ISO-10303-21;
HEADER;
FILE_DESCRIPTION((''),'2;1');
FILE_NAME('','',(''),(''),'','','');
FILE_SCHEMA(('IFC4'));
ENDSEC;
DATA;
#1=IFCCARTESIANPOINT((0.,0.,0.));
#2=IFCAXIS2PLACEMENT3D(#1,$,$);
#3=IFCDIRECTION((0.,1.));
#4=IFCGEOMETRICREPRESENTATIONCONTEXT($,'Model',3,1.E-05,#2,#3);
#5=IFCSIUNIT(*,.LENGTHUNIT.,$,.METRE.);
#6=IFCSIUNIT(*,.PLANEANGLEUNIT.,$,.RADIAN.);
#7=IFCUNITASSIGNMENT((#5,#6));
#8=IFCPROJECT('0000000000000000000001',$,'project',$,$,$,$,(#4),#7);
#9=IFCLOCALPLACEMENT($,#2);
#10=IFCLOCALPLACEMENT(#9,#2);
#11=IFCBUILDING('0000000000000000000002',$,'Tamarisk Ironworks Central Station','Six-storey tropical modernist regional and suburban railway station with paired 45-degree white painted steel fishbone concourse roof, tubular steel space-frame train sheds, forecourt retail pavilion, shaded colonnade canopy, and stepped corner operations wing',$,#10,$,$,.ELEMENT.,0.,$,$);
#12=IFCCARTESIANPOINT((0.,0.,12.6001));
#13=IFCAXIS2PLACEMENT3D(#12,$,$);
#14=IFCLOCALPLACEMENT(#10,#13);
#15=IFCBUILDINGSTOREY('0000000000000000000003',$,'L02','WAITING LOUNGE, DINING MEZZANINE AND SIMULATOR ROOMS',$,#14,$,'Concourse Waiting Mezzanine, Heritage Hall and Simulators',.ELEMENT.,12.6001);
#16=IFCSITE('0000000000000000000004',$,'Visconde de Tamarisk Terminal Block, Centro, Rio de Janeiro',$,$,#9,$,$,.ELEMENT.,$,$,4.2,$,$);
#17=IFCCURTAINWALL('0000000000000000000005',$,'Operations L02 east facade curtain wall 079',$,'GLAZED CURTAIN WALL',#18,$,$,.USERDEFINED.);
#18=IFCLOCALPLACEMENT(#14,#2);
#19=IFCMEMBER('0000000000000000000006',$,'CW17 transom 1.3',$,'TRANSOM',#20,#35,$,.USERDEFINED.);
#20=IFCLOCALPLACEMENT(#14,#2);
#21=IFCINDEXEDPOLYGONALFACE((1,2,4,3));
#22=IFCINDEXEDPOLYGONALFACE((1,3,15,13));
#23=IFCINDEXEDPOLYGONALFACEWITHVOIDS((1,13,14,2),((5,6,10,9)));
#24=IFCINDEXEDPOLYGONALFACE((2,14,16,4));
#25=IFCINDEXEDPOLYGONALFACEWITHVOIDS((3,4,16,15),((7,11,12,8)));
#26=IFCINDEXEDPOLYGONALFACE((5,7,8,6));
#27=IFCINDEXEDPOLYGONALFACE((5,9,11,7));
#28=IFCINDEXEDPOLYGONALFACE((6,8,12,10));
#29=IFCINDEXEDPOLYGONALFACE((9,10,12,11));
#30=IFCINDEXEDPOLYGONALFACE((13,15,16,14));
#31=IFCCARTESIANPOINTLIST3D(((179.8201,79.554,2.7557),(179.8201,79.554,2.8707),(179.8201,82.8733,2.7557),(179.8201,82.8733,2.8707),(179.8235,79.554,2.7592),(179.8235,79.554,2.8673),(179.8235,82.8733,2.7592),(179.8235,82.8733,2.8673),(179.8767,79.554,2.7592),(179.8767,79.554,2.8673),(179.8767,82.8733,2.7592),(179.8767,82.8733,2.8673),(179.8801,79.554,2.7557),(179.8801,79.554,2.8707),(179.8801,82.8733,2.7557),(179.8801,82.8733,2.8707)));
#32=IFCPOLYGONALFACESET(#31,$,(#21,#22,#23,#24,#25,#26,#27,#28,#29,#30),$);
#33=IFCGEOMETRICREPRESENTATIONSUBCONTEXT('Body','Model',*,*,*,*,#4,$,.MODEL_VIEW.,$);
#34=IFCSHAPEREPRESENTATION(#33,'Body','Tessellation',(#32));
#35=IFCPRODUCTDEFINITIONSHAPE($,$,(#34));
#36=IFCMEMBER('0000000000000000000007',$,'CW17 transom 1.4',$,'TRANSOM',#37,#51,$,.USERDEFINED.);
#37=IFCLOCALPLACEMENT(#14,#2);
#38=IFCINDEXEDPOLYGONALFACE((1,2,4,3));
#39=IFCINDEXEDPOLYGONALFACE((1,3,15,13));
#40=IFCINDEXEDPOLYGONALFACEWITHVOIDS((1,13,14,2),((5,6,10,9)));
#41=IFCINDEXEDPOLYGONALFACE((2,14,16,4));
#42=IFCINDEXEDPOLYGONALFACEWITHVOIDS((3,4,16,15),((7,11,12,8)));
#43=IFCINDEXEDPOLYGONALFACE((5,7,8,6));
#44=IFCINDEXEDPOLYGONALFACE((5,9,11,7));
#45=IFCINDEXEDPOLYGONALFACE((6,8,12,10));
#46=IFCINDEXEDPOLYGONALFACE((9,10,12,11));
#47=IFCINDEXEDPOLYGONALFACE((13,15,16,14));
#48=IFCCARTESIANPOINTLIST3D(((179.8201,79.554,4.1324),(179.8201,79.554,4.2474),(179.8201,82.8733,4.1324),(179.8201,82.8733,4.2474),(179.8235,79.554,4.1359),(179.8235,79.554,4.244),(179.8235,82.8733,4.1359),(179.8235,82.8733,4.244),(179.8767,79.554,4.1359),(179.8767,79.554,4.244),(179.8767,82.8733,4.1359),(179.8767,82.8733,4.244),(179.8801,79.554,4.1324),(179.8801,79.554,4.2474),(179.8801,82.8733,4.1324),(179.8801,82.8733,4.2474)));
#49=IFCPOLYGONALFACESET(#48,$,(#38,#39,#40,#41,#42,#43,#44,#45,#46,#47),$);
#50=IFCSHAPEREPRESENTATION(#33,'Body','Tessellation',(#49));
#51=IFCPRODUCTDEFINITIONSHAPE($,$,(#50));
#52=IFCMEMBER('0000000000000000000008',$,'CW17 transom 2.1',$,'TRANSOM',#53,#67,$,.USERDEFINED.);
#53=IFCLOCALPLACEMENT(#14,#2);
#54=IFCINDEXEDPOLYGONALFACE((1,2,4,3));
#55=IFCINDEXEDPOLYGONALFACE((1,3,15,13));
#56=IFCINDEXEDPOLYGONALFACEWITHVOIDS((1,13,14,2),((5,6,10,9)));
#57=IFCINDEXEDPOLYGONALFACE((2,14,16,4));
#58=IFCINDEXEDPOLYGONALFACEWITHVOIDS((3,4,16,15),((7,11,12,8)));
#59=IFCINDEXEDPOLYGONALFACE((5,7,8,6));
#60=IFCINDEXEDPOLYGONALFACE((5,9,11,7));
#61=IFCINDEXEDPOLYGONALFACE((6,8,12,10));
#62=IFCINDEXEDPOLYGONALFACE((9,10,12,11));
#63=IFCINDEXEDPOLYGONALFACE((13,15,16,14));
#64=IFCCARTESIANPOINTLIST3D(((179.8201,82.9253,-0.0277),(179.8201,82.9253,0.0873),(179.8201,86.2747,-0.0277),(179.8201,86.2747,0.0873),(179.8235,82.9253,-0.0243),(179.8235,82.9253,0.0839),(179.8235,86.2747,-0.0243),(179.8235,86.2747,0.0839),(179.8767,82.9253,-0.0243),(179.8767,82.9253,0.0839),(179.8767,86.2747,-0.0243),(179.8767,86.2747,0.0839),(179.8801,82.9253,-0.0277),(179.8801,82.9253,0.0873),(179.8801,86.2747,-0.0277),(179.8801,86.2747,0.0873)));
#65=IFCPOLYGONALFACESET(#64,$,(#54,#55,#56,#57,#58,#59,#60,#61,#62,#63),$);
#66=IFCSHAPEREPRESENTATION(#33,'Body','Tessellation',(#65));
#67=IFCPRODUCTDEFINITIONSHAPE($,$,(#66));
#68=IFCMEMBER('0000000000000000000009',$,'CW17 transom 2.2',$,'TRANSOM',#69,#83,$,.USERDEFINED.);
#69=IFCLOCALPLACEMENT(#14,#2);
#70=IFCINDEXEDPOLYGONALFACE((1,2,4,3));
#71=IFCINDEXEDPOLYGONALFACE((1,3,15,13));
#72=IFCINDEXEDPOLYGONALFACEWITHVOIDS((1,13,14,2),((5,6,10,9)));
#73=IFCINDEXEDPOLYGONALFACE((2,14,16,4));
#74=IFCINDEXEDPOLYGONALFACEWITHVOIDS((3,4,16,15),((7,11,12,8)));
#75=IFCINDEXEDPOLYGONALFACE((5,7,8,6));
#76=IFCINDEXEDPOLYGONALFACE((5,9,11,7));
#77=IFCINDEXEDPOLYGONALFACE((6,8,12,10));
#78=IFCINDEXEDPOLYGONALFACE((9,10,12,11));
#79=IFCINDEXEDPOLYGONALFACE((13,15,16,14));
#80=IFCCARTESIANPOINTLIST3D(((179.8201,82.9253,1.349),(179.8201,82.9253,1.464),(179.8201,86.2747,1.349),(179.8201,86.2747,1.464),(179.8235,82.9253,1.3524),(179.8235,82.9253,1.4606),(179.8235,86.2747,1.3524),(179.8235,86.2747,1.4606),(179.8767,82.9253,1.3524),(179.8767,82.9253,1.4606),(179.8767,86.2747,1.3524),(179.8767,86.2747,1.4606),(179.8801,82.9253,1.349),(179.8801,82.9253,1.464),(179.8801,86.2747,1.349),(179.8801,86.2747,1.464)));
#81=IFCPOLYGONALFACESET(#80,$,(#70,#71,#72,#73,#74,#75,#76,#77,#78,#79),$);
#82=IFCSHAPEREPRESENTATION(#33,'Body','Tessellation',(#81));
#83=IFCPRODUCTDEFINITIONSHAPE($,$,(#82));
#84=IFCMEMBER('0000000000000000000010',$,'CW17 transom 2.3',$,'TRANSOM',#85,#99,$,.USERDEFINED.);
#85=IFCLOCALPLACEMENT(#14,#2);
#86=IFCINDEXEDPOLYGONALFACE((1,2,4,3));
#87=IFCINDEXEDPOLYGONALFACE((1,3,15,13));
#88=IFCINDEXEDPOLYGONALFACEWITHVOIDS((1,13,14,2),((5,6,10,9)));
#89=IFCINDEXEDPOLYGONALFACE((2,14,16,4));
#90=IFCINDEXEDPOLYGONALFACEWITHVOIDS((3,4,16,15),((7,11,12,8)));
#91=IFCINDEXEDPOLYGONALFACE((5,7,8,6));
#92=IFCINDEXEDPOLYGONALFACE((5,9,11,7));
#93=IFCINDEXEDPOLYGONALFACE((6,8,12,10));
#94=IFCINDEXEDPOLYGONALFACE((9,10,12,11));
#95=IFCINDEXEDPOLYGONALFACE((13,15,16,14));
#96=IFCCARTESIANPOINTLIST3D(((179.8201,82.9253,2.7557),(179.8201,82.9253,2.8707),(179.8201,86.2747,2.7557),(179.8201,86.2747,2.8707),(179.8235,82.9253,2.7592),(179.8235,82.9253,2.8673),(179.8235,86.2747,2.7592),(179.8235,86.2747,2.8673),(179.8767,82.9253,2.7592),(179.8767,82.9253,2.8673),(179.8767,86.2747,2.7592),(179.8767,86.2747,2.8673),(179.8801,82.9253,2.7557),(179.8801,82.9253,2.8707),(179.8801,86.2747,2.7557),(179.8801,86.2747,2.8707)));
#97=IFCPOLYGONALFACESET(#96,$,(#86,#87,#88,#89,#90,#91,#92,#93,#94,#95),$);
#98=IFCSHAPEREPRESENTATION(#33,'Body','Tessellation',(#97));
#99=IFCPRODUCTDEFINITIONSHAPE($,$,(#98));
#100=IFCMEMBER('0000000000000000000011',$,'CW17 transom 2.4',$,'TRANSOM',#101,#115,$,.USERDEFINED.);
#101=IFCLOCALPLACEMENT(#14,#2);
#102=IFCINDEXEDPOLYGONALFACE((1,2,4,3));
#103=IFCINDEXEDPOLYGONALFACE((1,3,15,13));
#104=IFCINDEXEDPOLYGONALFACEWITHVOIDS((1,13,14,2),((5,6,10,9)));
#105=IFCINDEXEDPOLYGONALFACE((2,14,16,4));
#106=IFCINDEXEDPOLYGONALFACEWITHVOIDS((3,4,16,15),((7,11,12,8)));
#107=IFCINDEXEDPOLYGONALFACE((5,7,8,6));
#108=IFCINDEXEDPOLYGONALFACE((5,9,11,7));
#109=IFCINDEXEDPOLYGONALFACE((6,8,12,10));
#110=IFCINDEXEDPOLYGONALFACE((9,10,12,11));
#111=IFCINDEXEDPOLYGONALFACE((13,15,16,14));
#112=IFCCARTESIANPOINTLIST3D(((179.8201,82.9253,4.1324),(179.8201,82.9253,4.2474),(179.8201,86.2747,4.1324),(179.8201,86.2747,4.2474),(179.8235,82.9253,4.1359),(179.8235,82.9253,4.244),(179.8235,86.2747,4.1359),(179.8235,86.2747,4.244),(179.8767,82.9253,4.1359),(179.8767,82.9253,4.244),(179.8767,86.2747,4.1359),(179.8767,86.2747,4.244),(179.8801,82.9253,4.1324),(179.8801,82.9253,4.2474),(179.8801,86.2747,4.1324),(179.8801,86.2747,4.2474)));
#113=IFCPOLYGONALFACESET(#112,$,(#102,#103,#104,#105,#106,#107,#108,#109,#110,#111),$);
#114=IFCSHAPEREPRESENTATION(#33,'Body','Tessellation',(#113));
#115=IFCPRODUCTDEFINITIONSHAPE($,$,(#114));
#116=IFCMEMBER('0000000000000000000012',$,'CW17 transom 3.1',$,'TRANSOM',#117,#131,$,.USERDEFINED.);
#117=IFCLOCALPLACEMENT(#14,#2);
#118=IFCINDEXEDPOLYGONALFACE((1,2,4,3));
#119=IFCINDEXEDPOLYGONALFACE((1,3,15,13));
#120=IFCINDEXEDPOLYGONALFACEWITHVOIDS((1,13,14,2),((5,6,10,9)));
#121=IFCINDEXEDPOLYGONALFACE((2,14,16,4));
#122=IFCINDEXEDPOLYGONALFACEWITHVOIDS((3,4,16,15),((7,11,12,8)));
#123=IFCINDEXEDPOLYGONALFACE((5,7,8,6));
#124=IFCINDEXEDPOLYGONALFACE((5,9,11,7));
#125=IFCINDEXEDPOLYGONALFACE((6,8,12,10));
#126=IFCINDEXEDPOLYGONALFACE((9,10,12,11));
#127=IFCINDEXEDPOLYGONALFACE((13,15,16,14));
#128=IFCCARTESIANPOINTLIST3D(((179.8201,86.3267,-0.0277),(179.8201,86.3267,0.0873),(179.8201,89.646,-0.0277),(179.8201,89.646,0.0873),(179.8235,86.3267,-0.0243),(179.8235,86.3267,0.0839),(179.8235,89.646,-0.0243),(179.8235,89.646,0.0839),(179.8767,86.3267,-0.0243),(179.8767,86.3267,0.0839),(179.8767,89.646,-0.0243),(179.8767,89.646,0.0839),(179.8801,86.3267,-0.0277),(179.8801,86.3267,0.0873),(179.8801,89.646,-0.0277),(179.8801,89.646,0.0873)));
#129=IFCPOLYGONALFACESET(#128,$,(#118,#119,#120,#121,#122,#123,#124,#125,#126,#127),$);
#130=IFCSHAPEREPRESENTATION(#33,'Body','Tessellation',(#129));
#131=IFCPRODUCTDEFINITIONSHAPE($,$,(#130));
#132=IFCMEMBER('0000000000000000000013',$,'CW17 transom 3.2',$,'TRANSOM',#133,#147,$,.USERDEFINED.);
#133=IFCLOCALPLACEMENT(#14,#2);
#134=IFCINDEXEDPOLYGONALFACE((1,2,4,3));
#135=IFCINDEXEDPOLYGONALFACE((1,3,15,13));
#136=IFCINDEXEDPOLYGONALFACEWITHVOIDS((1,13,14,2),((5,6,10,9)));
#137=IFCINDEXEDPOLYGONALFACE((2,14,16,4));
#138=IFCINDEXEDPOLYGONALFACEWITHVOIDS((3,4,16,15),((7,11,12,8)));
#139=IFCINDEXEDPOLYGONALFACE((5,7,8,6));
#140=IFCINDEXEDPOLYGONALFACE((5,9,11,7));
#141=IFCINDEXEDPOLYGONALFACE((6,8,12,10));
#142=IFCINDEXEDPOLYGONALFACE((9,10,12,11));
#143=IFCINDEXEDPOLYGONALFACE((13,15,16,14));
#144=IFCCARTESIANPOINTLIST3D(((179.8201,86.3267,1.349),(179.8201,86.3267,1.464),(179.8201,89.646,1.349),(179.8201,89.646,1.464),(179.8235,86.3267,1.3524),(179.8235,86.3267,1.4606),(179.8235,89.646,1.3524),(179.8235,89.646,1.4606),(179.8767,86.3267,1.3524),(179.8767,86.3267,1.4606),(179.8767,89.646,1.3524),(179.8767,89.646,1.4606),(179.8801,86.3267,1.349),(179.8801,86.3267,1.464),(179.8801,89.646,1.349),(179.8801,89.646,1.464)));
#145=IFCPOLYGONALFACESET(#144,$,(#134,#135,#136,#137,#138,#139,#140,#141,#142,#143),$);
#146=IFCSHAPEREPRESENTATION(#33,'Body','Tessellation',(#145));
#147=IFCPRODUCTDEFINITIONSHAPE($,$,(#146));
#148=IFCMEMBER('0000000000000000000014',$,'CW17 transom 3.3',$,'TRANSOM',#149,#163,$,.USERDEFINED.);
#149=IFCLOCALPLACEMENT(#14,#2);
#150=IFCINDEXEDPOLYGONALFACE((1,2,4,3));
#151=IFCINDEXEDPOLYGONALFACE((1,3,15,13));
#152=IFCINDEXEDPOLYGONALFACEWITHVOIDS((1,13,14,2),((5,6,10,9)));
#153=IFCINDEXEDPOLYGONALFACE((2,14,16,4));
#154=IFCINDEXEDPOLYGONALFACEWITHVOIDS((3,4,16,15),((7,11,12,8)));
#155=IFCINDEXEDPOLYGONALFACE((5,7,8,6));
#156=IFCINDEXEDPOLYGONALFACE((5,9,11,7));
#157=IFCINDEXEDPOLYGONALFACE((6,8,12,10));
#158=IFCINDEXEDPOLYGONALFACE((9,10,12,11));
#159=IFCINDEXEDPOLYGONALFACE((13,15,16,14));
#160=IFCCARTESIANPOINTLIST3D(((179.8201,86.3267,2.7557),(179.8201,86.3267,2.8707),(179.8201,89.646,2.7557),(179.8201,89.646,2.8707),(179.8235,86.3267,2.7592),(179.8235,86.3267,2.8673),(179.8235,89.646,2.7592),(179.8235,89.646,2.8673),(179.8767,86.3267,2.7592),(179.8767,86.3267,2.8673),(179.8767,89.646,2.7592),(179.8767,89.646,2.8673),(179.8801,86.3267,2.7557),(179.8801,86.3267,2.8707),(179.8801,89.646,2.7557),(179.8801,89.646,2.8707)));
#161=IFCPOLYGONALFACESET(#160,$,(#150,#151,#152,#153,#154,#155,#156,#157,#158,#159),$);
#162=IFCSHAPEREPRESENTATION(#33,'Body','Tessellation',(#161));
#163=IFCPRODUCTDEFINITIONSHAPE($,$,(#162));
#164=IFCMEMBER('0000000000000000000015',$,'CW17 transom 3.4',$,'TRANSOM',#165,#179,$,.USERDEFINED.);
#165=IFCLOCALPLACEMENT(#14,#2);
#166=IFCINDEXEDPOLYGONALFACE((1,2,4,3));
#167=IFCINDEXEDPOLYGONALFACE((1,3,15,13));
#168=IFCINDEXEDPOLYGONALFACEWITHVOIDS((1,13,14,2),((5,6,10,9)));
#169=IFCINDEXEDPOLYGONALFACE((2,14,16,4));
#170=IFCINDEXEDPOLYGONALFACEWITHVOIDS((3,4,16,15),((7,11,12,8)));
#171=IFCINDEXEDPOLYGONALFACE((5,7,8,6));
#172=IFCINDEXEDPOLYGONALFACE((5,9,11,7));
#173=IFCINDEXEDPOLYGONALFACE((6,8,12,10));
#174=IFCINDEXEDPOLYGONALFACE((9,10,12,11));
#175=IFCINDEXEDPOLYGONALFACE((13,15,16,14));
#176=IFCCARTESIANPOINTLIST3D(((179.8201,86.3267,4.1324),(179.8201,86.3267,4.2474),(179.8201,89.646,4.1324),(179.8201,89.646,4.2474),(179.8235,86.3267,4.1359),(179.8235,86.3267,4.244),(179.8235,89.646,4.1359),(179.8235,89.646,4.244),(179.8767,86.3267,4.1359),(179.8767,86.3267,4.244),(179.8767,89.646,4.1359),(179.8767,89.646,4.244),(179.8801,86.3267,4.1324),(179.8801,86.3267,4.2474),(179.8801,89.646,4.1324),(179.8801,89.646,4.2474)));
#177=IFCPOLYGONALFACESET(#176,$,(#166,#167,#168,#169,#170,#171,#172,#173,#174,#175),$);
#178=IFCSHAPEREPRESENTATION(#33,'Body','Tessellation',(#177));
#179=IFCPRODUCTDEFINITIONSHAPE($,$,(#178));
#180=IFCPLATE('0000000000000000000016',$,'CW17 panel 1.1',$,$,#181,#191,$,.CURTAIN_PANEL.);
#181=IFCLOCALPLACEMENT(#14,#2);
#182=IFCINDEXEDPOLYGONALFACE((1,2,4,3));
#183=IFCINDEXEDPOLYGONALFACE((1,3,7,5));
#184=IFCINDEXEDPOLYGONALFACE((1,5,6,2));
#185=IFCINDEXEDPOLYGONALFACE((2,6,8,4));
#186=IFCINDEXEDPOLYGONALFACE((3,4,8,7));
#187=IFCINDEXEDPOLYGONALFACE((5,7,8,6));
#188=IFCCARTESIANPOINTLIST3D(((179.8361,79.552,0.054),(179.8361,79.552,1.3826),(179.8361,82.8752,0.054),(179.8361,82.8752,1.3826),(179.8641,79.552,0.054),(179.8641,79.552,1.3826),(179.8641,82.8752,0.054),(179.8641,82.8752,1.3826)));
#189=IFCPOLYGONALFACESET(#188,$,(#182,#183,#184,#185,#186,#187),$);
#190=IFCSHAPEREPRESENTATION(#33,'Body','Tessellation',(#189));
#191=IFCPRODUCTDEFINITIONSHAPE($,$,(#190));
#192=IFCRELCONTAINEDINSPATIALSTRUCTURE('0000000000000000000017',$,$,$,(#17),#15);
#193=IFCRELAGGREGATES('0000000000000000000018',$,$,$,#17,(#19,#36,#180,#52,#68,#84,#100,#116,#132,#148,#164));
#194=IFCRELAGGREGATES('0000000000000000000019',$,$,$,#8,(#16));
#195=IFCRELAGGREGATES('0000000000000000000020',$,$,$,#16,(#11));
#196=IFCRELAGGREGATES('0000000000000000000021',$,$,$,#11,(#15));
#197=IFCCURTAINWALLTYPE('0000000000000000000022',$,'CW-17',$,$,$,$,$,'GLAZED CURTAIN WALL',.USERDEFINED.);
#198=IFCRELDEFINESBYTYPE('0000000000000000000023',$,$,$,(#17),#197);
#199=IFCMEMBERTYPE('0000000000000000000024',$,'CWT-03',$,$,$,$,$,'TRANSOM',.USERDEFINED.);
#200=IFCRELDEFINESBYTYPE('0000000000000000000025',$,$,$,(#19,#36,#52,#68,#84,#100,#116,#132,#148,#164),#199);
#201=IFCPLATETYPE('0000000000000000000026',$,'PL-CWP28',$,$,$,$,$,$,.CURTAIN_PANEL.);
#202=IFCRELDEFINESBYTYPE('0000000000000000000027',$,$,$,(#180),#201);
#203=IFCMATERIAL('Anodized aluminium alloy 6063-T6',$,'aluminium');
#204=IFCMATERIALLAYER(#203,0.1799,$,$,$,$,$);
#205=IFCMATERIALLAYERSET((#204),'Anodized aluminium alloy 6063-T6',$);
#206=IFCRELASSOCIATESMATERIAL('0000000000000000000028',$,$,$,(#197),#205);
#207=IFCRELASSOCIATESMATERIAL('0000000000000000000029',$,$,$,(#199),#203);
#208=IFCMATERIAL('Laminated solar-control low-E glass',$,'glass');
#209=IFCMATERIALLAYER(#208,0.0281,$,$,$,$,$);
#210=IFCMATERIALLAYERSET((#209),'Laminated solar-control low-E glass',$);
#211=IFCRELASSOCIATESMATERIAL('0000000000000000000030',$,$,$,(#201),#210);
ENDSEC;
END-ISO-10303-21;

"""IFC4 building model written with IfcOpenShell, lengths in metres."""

from ifc_helpers import new_model, si_unit, direction, frame, origin, origin_2d, place, context, subcontext, project, spatial, rectangle, hollow_rectangle, extrude, material, layer, layer_set, material_profile, profile_set, type_object, element, aggregate, save


model = new_model("IFC4")

# Units and contexts
model_context = context("Model", 3, precision=1e-05, world=origin(), true_north=direction((0.0, 1.0)))
body_context = subcontext(model_context, "Body", "Model", "MODEL_VIEW")
ifc_project = project(units=[si_unit("LENGTHUNIT", "METRE"), si_unit("PLANEANGLEUNIT", "RADIAN")], contexts=[model_context])

# Site, building, storey
site_placement = place(None, origin())
site = spatial("IfcSite", under=ifc_project, at=site_placement, Name="Visconde de Tamarisk Terminal Block, Centro, Rio de Janeiro", CompositionType="ELEMENT", RefElevation=4.2)
building_placement = place(site_placement, origin())
building = spatial("IfcBuilding", under=site, at=building_placement, Name="Tamarisk Ironworks Central Station", Description="Six-storey tropical modernist regional and suburban railway station with paired 45-degree white painted steel fishbone concourse roof, tubular steel space-frame train sheds, forecourt retail pavilion, shaded colonnade canopy, and stepped corner operations wing", CompositionType="ELEMENT", ElevationOfRefHeight=0.0)
storey_placement = place(building_placement, frame((0.0, 0.0, 12.6001)))
storey = spatial("IfcBuildingStorey", under=building, at=storey_placement, Name="L02", Description="WAITING LOUNGE, DINING MEZZANINE AND SIMULATOR ROOMS", LongName="Concourse Waiting Mezzanine, Heritage Hall and Simulators", CompositionType="ELEMENT", Elevation=12.6001)

# Curtain wall, members, plate
ifc_material_1 = material(Name="Anodized aluminium alloy 6063-T6", Category="aluminium")
ifc_layer_1 = layer(ifc_material_1, 0.1799)
ifc_layer_set_1 = layer_set([ifc_layer_1], Name="Anodized aluminium alloy 6063-T6")
curtain_wall_type = type_object("IfcCurtainWallType", Name="CW-17", ElementType="GLAZED CURTAIN WALL", PredefinedType="USERDEFINED", material=ifc_layer_set_1)
curtain_wall_placement = place(storey_placement, origin())
curtain_wall = element("IfcCurtainWall", 1, at=curtain_wall_placement, inside=storey, type_object=curtain_wall_type, Name="Operations L02 east facade curtain wall 079", ObjectType="GLAZED CURTAIN WALL", PredefinedType="USERDEFINED")
ifc_material_profile_1 = material_profile(ifc_material_1, hollow_rectangle(XDim=0.0601, YDim=0.115, WallThickness=0.0034, at=origin_2d()), Name="ALUM 115x60")
ifc_profile_set_1 = profile_set([ifc_material_profile_1], Name="Anodized aluminium alloy 6063-T6")
member_type_1 = type_object("IfcMemberType", Name="CWT-03", ElementType="TRANSOM", PredefinedType="USERDEFINED", material=ifc_profile_set_1)
member_1_placement = place(storey_placement, frame((179.8501, 79.554, 2.8132), z_axis=(0.0, 1.0, 0.0), x_axis=(-1.0, 0.0, 0.0)))
member_1 = element("IfcMember", 2, at=member_1_placement, type_object=member_type_1, Name="CW17 transom 1.3", ObjectType="TRANSOM", PredefinedType="USERDEFINED", context=body_context, shape_type="SweptSolid", body=[
    extrude(hollow_rectangle(XDim=0.0601, YDim=0.115, WallThickness=0.0034, at=origin_2d()), origin(), (0.0, 0.0, 1.0), 3.3193),
])
member_2_placement = place(storey_placement, frame((179.8501, 79.554, 4.1899), z_axis=(0.0, 1.0, 0.0), x_axis=(-1.0, 0.0, 0.0)))
member_2 = element("IfcMember", 3, at=member_2_placement, type_object=member_type_1, Name="CW17 transom 1.4", ObjectType="TRANSOM", PredefinedType="USERDEFINED", context=body_context, shape_type="SweptSolid", body=[
    extrude(hollow_rectangle(XDim=0.0601, YDim=0.115, WallThickness=0.0034, at=origin_2d()), origin(), (0.0, 0.0, 1.0), 3.3193),
])
member_3_placement = place(storey_placement, frame((179.8501, 82.9253, 0.0298), z_axis=(0.0, 1.0, 0.0), x_axis=(-1.0, 0.0, 0.0)))
member_3 = element("IfcMember", 4, at=member_3_placement, type_object=member_type_1, Name="CW17 transom 2.1", ObjectType="TRANSOM", PredefinedType="USERDEFINED", context=body_context, shape_type="SweptSolid", body=[
    extrude(hollow_rectangle(XDim=0.0601, YDim=0.115, WallThickness=0.0034, at=origin_2d()), origin(), (0.0, 0.0, 1.0), 3.3494),
])
member_4_placement = place(storey_placement, frame((179.8501, 82.9253, 1.4065), z_axis=(0.0, 1.0, 0.0), x_axis=(-1.0, 0.0, 0.0)))
member_4 = element("IfcMember", 5, at=member_4_placement, type_object=member_type_1, Name="CW17 transom 2.2", ObjectType="TRANSOM", PredefinedType="USERDEFINED", context=body_context, shape_type="SweptSolid", body=[
    extrude(hollow_rectangle(XDim=0.0601, YDim=0.115, WallThickness=0.0034, at=origin_2d()), origin(), (0.0, 0.0, 1.0), 3.3494),
])
member_5_placement = place(storey_placement, frame((179.8501, 82.9253, 2.8132), z_axis=(0.0, 1.0, 0.0), x_axis=(-1.0, 0.0, 0.0)))
member_5 = element("IfcMember", 6, at=member_5_placement, type_object=member_type_1, Name="CW17 transom 2.3", ObjectType="TRANSOM", PredefinedType="USERDEFINED", context=body_context, shape_type="SweptSolid", body=[
    extrude(hollow_rectangle(XDim=0.0601, YDim=0.115, WallThickness=0.0034, at=origin_2d()), origin(), (0.0, 0.0, 1.0), 3.3494),
])
member_6_placement = place(storey_placement, frame((179.8501, 82.9253, 4.1899), z_axis=(0.0, 1.0, 0.0), x_axis=(-1.0, 0.0, 0.0)))
member_6 = element("IfcMember", 7, at=member_6_placement, type_object=member_type_1, Name="CW17 transom 2.4", ObjectType="TRANSOM", PredefinedType="USERDEFINED", context=body_context, shape_type="SweptSolid", body=[
    extrude(hollow_rectangle(XDim=0.0601, YDim=0.115, WallThickness=0.0034, at=origin_2d()), origin(), (0.0, 0.0, 1.0), 3.3494),
])
member_7_placement = place(storey_placement, frame((179.8501, 86.3267, 0.0298), z_axis=(0.0, 1.0, 0.0), x_axis=(-1.0, 0.0, 0.0)))
member_7 = element("IfcMember", 8, at=member_7_placement, type_object=member_type_1, Name="CW17 transom 3.1", ObjectType="TRANSOM", PredefinedType="USERDEFINED", context=body_context, shape_type="SweptSolid", body=[
    extrude(hollow_rectangle(XDim=0.0601, YDim=0.115, WallThickness=0.0034, at=origin_2d()), origin(), (0.0, 0.0, 1.0), 3.3193),
])
member_8_placement = place(storey_placement, frame((179.8501, 86.3267, 1.4065), z_axis=(0.0, 1.0, 0.0), x_axis=(-1.0, 0.0, 0.0)))
member_8 = element("IfcMember", 9, at=member_8_placement, type_object=member_type_1, Name="CW17 transom 3.2", ObjectType="TRANSOM", PredefinedType="USERDEFINED", context=body_context, shape_type="SweptSolid", body=[
    extrude(hollow_rectangle(XDim=0.0601, YDim=0.115, WallThickness=0.0034, at=origin_2d()), origin(), (0.0, 0.0, 1.0), 3.3193),
])
member_9_placement = place(storey_placement, frame((179.8501, 86.3267, 2.8132), z_axis=(0.0, 1.0, 0.0), x_axis=(-1.0, 0.0, 0.0)))
member_9 = element("IfcMember", 10, at=member_9_placement, type_object=member_type_1, Name="CW17 transom 3.3", ObjectType="TRANSOM", PredefinedType="USERDEFINED", context=body_context, shape_type="SweptSolid", body=[
    extrude(hollow_rectangle(XDim=0.0601, YDim=0.115, WallThickness=0.0034, at=origin_2d()), origin(), (0.0, 0.0, 1.0), 3.3193),
])
member_10_placement = place(storey_placement, frame((179.8501, 86.3267, 4.1899), z_axis=(0.0, 1.0, 0.0), x_axis=(-1.0, 0.0, 0.0)))
member_10 = element("IfcMember", 11, at=member_10_placement, type_object=member_type_1, Name="CW17 transom 3.4", ObjectType="TRANSOM", PredefinedType="USERDEFINED", context=body_context, shape_type="SweptSolid", body=[
    extrude(hollow_rectangle(XDim=0.0601, YDim=0.115, WallThickness=0.0034, at=origin_2d()), origin(), (0.0, 0.0, 1.0), 3.3193),
])
ifc_material_2 = material(Name="Laminated solar-control low-E glass", Category="glass")
ifc_layer_2 = layer(ifc_material_2, 0.0281)
ifc_layer_set_2 = layer_set([ifc_layer_2], Name="Laminated solar-control low-E glass")
plate_type = type_object("IfcPlateType", Name="PL-CWP28", PredefinedType="CURTAIN_PANEL", material=ifc_layer_set_2)
plate_1_placement = place(storey_placement, frame((179.8501, 81.2136, 0.054), z_axis=(0.0, 0.0, 1.0), x_axis=(0.0, 1.0, 0.0)))
plate_1 = element("IfcPlate", 12, at=plate_1_placement, type_object=plate_type, Name="CW17 panel 1.1", PredefinedType="CURTAIN_PANEL", context=body_context, shape_type="SweptSolid", body=[
    extrude(rectangle(XDim=3.3232, YDim=0.0281, at=origin_2d()), origin(), (0.0, 0.0, 1.0), 1.3286),
])
aggregate(curtain_wall, [member_1, member_2, plate_1, member_3, member_4, member_5, member_6, member_7, member_8, member_9, member_10])

save(model, "model.ifc")
